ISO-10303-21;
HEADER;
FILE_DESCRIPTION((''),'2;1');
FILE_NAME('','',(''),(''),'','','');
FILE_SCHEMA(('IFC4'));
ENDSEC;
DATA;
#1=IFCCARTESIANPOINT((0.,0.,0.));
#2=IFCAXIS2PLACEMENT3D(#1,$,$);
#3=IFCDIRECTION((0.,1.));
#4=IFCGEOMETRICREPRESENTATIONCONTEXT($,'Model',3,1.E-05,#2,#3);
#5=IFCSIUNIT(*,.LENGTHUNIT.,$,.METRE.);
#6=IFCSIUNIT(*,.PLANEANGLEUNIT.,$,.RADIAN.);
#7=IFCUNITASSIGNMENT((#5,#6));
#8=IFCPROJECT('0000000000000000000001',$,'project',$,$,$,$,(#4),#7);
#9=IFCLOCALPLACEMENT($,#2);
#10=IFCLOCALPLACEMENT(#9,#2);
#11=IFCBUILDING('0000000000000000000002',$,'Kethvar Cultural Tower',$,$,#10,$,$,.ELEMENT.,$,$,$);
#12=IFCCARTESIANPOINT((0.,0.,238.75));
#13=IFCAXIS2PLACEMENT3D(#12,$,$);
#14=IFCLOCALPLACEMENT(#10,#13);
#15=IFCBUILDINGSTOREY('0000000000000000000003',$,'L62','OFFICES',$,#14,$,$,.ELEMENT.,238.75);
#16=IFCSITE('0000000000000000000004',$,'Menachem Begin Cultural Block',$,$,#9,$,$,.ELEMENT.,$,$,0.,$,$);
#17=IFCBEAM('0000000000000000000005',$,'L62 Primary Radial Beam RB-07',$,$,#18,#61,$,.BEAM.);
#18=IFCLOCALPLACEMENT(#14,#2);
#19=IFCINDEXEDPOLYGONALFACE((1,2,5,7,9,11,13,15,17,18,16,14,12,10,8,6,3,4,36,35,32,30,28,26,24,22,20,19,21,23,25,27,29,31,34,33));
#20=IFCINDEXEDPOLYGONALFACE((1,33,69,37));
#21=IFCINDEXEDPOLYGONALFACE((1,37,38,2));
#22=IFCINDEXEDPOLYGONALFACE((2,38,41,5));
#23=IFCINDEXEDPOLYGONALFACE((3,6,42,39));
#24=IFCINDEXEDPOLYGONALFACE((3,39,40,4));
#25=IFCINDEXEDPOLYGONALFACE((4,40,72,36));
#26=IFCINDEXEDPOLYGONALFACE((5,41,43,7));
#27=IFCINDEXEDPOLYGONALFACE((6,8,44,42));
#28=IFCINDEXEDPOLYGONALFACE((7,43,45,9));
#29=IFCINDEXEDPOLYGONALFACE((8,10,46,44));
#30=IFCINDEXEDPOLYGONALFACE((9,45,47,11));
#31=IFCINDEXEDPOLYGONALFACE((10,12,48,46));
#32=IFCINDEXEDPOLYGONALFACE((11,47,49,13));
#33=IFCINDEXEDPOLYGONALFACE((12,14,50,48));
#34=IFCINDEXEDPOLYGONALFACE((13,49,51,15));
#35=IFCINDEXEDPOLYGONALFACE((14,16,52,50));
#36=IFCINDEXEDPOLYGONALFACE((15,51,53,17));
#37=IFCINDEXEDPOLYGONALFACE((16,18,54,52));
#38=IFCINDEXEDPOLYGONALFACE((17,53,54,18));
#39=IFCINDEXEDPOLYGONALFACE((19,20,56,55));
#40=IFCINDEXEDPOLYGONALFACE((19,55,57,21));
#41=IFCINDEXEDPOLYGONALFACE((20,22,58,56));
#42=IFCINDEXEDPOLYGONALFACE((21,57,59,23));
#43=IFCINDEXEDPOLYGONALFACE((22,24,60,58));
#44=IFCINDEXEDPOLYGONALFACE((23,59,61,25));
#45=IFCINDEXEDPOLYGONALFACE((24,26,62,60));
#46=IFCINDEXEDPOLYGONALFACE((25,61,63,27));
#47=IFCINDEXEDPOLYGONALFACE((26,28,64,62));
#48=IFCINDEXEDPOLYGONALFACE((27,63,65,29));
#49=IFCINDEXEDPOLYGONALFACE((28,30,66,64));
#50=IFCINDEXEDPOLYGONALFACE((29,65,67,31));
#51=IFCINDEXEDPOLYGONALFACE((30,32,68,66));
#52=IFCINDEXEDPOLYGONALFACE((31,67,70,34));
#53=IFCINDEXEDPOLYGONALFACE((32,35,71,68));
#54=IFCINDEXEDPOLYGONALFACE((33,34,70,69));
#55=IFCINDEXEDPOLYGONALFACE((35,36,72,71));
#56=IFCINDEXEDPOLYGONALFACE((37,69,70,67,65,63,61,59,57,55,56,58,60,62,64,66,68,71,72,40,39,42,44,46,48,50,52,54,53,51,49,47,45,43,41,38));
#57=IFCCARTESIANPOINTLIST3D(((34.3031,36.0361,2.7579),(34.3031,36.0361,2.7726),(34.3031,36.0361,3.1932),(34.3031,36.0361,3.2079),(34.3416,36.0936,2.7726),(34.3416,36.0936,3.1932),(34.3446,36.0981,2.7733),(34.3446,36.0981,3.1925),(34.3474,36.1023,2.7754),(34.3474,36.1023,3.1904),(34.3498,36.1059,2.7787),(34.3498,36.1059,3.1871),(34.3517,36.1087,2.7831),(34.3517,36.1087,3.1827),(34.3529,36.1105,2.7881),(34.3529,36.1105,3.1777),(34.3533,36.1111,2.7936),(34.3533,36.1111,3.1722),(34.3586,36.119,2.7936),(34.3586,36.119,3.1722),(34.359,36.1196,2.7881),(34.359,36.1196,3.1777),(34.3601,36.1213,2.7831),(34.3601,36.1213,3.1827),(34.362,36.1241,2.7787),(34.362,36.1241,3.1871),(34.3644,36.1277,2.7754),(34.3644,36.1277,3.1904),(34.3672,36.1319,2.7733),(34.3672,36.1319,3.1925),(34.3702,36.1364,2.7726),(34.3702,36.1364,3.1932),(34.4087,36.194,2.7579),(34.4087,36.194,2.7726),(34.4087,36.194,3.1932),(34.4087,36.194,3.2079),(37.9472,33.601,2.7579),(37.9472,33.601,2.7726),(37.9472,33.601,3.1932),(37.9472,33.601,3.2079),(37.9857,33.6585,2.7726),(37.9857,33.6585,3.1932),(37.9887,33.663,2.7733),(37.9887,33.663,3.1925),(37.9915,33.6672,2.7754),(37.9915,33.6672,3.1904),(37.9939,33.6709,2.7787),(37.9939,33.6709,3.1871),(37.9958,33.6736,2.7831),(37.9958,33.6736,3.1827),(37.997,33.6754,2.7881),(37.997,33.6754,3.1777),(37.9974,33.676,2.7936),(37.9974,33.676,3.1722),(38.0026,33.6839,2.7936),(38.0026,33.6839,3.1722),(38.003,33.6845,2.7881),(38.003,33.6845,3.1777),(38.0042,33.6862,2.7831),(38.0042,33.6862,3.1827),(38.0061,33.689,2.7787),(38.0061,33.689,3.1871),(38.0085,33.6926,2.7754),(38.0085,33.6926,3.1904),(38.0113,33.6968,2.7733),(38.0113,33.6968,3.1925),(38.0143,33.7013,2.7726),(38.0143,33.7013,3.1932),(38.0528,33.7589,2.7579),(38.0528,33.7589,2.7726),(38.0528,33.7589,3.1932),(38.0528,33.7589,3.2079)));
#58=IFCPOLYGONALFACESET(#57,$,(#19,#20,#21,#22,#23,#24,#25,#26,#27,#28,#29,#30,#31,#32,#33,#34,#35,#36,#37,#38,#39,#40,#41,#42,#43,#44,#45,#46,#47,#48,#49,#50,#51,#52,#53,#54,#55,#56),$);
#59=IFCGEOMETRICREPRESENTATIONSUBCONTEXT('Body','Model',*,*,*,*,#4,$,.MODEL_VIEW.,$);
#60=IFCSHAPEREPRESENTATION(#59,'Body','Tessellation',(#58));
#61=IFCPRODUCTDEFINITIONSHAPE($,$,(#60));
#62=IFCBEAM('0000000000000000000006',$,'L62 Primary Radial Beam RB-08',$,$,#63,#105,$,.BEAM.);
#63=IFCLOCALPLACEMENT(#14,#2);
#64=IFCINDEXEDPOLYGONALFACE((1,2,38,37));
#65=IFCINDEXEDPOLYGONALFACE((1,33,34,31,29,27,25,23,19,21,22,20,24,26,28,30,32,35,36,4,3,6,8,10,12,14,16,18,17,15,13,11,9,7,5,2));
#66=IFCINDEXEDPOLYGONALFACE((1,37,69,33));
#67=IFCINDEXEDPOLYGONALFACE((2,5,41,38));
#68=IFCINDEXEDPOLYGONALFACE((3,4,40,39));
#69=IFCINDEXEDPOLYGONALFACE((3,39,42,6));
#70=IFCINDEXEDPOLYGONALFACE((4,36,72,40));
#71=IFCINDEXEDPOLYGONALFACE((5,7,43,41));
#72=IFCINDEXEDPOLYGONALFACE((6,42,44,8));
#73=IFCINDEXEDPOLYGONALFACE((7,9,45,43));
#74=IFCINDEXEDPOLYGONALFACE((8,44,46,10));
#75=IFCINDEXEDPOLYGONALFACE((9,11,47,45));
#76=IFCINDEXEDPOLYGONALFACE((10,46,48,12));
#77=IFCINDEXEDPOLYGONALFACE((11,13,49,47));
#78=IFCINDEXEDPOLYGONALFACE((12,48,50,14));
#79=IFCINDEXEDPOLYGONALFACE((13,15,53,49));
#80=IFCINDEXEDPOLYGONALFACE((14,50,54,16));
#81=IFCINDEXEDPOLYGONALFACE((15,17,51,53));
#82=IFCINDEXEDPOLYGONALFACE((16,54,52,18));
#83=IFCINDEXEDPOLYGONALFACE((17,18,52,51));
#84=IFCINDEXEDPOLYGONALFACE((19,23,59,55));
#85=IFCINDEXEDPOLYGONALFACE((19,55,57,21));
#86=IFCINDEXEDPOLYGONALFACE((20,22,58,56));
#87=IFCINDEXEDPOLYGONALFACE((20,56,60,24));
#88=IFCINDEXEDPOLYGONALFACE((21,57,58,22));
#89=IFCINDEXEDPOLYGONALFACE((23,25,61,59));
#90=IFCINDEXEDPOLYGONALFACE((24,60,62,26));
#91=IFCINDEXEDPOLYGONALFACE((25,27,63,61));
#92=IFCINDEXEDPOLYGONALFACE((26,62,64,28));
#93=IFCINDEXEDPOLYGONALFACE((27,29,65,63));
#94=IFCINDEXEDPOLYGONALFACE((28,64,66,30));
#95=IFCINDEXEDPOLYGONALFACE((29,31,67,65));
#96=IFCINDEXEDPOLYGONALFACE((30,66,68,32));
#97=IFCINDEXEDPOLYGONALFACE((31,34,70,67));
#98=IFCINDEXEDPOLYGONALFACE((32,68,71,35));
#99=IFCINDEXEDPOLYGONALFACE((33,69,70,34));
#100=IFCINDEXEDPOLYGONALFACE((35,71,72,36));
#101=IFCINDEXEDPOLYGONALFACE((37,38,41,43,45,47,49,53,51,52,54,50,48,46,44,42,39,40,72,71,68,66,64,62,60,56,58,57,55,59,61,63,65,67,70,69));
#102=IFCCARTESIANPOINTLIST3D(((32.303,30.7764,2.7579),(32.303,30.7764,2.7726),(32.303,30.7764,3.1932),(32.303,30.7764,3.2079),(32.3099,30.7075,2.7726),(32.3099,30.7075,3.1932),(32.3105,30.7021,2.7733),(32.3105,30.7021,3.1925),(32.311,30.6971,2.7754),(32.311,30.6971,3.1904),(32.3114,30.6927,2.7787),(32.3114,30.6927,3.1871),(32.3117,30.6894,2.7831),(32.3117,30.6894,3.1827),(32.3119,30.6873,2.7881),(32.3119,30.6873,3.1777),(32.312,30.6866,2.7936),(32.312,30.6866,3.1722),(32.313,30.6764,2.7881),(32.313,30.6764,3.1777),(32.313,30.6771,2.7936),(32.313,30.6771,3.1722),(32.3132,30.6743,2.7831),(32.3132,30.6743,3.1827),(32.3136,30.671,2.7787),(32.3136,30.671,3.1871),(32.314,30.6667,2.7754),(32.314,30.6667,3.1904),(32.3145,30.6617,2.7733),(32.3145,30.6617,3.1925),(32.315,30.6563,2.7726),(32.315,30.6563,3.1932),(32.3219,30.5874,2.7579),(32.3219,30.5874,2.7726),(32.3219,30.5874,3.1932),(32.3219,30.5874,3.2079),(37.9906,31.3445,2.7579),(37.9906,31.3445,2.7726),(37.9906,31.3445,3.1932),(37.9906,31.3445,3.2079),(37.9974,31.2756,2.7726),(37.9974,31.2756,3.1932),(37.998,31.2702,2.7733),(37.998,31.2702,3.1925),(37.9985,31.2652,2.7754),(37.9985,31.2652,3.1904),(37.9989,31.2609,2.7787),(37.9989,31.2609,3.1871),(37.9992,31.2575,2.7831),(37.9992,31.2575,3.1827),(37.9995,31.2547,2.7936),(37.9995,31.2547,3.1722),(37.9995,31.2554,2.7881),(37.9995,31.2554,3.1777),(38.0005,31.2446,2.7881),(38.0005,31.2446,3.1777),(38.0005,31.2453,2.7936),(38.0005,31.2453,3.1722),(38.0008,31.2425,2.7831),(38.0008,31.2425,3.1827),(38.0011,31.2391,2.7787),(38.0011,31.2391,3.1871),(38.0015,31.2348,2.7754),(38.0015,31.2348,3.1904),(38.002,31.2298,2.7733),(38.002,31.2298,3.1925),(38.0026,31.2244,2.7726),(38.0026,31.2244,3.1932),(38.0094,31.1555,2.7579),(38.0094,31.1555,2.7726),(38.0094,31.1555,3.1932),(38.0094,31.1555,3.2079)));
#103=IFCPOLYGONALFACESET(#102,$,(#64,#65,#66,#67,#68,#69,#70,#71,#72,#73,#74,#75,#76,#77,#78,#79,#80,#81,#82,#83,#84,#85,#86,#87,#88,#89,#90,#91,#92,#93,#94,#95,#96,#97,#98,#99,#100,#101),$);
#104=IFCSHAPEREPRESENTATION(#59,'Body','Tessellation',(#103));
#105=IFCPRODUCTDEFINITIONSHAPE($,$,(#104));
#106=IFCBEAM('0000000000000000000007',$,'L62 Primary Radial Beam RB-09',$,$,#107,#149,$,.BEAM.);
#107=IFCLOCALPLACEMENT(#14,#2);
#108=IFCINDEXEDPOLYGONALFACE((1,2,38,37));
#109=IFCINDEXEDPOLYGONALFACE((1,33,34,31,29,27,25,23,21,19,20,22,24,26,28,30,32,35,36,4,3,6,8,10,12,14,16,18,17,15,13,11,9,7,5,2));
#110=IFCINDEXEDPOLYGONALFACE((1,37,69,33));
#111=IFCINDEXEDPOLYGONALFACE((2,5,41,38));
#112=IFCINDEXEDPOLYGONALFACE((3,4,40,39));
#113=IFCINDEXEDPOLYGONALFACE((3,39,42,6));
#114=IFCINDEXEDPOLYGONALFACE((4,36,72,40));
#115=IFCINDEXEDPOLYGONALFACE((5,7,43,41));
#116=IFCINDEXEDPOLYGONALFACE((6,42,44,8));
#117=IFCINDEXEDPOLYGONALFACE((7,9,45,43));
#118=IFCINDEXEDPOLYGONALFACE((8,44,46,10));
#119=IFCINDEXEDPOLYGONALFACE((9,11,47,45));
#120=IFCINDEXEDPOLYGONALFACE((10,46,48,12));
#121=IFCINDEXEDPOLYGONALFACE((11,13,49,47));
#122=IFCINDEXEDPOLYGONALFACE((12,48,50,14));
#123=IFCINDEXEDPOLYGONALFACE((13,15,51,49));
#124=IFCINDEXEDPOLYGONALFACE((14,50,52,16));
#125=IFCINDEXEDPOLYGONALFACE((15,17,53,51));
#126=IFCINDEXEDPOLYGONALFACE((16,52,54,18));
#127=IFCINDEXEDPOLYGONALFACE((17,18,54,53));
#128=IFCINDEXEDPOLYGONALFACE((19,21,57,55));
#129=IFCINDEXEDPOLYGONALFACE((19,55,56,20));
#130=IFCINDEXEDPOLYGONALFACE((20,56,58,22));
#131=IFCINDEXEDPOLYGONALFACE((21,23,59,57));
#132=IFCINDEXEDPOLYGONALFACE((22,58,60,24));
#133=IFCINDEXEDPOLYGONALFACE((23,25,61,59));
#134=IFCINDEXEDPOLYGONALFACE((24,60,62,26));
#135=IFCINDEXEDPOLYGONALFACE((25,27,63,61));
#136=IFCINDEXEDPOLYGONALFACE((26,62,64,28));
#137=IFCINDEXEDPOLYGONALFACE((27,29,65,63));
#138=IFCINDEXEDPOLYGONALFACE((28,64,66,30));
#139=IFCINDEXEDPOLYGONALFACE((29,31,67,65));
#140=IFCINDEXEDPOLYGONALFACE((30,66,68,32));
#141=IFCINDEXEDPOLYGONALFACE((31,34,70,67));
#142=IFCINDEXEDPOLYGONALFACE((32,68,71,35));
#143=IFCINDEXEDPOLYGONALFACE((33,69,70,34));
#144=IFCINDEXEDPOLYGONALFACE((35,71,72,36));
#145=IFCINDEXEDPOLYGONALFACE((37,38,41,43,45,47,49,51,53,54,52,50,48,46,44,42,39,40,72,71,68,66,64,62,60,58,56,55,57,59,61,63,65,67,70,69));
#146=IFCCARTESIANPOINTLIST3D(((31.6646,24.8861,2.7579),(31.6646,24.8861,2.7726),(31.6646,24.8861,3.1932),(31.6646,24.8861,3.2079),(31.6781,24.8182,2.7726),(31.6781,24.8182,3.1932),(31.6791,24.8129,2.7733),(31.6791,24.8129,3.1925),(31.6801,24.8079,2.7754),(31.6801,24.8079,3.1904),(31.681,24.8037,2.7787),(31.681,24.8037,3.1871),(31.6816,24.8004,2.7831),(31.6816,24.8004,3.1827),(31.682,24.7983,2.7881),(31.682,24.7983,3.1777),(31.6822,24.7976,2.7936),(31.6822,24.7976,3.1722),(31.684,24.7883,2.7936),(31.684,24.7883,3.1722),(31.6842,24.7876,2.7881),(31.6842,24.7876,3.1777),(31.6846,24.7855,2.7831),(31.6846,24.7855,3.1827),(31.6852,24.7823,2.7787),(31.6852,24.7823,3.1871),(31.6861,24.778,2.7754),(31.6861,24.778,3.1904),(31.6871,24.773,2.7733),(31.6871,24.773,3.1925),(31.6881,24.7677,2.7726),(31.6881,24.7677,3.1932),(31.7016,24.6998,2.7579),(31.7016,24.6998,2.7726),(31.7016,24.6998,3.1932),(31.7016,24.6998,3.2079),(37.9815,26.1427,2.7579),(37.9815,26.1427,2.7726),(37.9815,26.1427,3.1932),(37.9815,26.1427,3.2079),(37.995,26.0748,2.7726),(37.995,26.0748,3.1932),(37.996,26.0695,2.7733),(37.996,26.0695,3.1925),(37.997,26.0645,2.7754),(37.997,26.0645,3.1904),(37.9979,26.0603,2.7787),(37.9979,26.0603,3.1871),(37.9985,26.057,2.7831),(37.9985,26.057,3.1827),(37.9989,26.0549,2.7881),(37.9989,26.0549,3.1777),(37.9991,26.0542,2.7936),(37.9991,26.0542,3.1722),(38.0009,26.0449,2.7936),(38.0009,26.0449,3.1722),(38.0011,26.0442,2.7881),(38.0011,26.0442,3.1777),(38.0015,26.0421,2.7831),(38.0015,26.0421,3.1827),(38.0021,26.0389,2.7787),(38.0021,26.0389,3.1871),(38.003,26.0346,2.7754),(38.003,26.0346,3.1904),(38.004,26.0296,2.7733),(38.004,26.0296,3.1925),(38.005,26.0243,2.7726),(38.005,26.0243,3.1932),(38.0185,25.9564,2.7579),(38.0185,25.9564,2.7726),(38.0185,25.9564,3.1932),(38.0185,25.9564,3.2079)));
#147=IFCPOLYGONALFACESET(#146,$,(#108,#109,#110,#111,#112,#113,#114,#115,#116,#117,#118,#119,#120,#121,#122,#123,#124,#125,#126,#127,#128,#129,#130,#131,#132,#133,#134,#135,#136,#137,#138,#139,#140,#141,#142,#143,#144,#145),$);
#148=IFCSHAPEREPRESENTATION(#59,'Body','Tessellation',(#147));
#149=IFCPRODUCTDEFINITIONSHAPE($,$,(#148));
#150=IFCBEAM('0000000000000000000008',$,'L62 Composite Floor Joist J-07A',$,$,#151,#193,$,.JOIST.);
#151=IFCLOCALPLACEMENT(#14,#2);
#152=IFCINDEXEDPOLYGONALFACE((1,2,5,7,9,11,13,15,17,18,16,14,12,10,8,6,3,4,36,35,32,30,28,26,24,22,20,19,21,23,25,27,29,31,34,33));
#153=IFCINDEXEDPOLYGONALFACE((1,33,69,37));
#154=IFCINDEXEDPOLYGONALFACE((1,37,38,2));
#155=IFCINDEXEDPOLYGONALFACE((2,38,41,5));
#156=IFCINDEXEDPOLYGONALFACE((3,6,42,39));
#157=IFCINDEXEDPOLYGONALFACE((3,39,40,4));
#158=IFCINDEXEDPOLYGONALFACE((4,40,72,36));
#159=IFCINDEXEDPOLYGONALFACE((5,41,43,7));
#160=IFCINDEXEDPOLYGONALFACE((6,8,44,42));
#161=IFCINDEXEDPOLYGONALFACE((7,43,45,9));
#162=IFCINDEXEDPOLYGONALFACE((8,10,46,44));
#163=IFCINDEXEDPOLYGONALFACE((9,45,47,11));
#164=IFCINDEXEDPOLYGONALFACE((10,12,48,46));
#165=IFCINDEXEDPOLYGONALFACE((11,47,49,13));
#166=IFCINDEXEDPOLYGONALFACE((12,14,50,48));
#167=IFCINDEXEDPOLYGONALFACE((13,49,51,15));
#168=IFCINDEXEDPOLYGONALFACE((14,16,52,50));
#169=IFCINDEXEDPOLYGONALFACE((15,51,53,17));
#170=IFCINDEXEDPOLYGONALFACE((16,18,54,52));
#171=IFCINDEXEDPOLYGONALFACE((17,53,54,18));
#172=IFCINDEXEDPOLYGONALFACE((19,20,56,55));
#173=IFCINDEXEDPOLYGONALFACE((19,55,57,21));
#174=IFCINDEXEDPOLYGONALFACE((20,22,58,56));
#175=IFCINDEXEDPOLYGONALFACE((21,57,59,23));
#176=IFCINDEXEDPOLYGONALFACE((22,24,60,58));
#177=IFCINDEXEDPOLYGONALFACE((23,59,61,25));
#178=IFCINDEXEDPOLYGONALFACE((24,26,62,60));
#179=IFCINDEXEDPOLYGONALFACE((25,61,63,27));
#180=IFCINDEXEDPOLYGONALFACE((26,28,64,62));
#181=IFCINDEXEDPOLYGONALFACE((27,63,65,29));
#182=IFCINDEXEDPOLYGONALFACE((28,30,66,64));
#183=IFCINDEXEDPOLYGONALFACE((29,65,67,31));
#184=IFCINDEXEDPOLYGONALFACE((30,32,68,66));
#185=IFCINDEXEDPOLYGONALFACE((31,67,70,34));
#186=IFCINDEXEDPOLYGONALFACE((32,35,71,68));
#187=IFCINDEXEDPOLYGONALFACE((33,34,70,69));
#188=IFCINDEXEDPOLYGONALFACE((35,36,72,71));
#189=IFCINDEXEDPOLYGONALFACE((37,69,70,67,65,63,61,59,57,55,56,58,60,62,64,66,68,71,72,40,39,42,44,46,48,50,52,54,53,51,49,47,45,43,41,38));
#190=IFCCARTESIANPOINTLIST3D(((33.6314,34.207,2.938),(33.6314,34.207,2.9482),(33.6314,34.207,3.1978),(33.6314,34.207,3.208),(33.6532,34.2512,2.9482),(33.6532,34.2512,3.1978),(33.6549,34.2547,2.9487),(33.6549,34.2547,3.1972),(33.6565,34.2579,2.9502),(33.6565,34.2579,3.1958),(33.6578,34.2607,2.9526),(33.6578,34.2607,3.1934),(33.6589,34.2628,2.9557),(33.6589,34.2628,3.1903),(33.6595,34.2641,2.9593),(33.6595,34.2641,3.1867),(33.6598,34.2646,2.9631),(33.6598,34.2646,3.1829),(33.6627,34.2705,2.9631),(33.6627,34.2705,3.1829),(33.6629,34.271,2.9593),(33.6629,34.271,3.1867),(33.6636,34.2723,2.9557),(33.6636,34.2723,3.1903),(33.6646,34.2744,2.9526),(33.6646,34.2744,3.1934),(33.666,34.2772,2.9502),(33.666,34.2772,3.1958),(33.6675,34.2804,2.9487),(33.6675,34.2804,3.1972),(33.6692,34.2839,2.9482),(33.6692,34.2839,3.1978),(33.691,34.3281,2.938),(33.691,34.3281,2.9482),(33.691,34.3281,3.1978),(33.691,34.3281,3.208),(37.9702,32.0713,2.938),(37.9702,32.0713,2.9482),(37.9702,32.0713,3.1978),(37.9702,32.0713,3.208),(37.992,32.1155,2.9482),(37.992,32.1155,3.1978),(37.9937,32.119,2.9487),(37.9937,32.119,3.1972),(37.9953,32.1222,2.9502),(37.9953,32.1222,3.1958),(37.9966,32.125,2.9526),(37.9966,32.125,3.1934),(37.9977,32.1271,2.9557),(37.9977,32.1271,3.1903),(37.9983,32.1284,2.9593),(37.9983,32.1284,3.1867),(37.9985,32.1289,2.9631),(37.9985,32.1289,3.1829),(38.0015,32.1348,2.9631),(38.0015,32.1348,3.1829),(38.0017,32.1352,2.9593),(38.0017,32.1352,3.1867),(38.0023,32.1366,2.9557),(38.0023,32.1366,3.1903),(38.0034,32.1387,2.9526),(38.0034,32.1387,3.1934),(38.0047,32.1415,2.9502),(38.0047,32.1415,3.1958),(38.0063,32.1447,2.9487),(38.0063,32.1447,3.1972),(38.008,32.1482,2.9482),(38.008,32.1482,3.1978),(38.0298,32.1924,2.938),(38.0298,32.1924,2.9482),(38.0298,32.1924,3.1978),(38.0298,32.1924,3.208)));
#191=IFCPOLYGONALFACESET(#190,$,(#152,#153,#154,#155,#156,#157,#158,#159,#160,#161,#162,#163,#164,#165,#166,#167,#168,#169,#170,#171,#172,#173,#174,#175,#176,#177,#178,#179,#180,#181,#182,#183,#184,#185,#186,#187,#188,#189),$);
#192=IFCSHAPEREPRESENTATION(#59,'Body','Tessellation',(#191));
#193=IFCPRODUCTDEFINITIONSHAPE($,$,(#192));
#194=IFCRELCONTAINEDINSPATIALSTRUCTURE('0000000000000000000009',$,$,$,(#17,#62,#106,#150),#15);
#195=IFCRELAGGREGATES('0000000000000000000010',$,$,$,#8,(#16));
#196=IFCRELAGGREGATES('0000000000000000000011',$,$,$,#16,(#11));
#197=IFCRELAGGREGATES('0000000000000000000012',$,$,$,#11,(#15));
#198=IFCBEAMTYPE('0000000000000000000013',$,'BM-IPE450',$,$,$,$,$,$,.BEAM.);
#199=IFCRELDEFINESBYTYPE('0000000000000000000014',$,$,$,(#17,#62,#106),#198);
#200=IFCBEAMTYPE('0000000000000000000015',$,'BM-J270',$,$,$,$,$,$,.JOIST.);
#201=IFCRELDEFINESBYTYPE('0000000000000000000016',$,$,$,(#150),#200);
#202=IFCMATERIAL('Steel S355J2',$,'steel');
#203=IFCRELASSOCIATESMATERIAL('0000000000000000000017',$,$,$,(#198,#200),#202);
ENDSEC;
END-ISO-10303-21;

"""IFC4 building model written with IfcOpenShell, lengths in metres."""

from ifc_helpers import new_model, si_unit, direction, frame, origin, origin_2d, place, context, subcontext, project, spatial, i_section, extrude, source, transform, mapped, material, material_profile, profile_set, type_object, element, save


model = new_model("IFC4")

# Units and contexts
model_context = context("Model", 3, precision=1e-05, world=origin(), true_north=direction((0.0, 1.0)))
body_context = subcontext(model_context, "Body", "Model", "MODEL_VIEW")
ifc_project = project(units=[si_unit("LENGTHUNIT", "METRE"), si_unit("PLANEANGLEUNIT", "RADIAN")], contexts=[model_context])

# Site, building, storey
site_placement = place(None, origin())
site = spatial("IfcSite", under=ifc_project, at=site_placement, Name="Menachem Begin Cultural Block", CompositionType="ELEMENT", RefElevation=0.0)
building_placement = place(site_placement, origin())
building = spatial("IfcBuilding", under=site, at=building_placement, Name="Kethvar Cultural Tower", CompositionType="ELEMENT")
storey_placement = place(building_placement, frame((0.0, 0.0, 238.75)))
storey = spatial("IfcBuildingStorey", under=building, at=storey_placement, Name="L62", Description="OFFICES", CompositionType="ELEMENT", Elevation=238.75)

# Beams
ifc_material_1 = material(Name="Steel S355J2", Category="steel")
ifc_material_profile_1 = material_profile(ifc_material_1, i_section(OverallWidth=0.1899, OverallDepth=0.45, WebThickness=0.0095, FlangeThickness=0.0146, FilletRadius=0.021, at=origin_2d()), Name="Steel S355J2 — IPE450")
ifc_profile_set_1 = profile_set([ifc_material_profile_1], Name="Steel S355J2 — IPE450")
beam_type_1 = type_object("IfcBeamType", Name="BM-IPE450", PredefinedType="BEAM", material=ifc_profile_set_1)
shared_shape_1 = source(origin(), body_context, "Body", "SweptSolid", [
    extrude(i_section(OverallWidth=0.1899, OverallDepth=0.45, WebThickness=0.0095, FlangeThickness=0.0146, FilletRadius=0.021, at=origin_2d()), origin(), (0.0, 0.0, 1.0), 4.3828),
])
beam_1_placement = place(storey_placement, frame((38.0, 33.6799, 2.9829), z_axis=(-0.83145, 0.5556, 0.0), x_axis=(-0.5556, -0.83145, 0.0)))
element("IfcBeam", 1, at=beam_1_placement, inside=storey, type_object=beam_type_1, Name="L62 Primary Radial Beam RB-07", PredefinedType="BEAM", context=body_context, shape_type="MappedRepresentation", body=[
    mapped(shared_shape_1, transform((0.0, 0.0, 0.0), scale=1.0)),
])
shared_shape_2 = source(origin(), body_context, "Body", "SweptSolid", [
    extrude(i_section(OverallWidth=0.1899, OverallDepth=0.45, WebThickness=0.0095, FlangeThickness=0.0146, FilletRadius=0.021, at=origin_2d()), origin(), (0.0, 0.0, 1.0), 5.7158),
])
beam_2_placement = place(storey_placement, frame((38.0, 31.25, 2.9829), z_axis=(-0.995048, -0.099394, 0.0), x_axis=(0.099394, -0.995048, 0.0)))
element("IfcBeam", 2, at=beam_2_placement, inside=storey, type_object=beam_type_1, Name="L62 Primary Radial Beam RB-08", PredefinedType="BEAM", context=body_context, shape_type="MappedRepresentation", body=[
    mapped(shared_shape_2, transform((0.0, 0.0, 0.0), scale=1.0)),
])
shared_shape_3 = source(origin(), body_context, "Body", "SweptSolid", [
    extrude(i_section(OverallWidth=0.1899, OverallDepth=0.45, WebThickness=0.0095, FlangeThickness=0.0146, FilletRadius=0.021, at=origin_2d()), origin(), (0.0, 0.0, 1.0), 6.4407),
])
beam_3_placement = place(storey_placement, frame((38.0, 26.0496, 2.9829), z_axis=(-0.980783, -0.195103, 0.0), x_axis=(0.195103, -0.980783, 0.0)))
element("IfcBeam", 3, at=beam_3_placement, inside=storey, type_object=beam_type_1, Name="L62 Primary Radial Beam RB-09", PredefinedType="BEAM", context=body_context, shape_type="MappedRepresentation", body=[
    mapped(shared_shape_3, transform((0.0, 0.0, 0.0), scale=1.0)),
])
ifc_material_profile_2 = material_profile(ifc_material_1, i_section(OverallWidth=0.135, OverallDepth=0.27, WebThickness=0.0066, FlangeThickness=0.0103, FilletRadius=0.0149, at=origin_2d()), Name="Steel S355J2 — IPE270")
ifc_profile_set_2 = profile_set([ifc_material_profile_2], Name="Steel S355J2 — IPE270")
beam_type_2 = type_object("IfcBeamType", Name="BM-J270", PredefinedType="JOIST", material=ifc_profile_set_2)
shared_shape_4 = source(origin(), body_context, "Body", "SweptSolid", [
    extrude(i_section(OverallWidth=0.135, OverallDepth=0.27, WebThickness=0.0066, FlangeThickness=0.0103, FilletRadius=0.0149, at=origin_2d()), origin(), (0.0, 0.0, 1.0), 4.8359),
])
beam_4_placement = place(storey_placement, frame((38.0, 32.1318, 3.073), z_axis=(-0.897197, 0.441632, 0.0), x_axis=(-0.441632, -0.897197, 0.0)))
element("IfcBeam", 4, at=beam_4_placement, inside=storey, type_object=beam_type_2, Name="L62 Composite Floor Joist J-07A", PredefinedType="JOIST", context=body_context, shape_type="MappedRepresentation", body=[
    mapped(shared_shape_4, transform((0.0, 0.0, 0.0), scale=1.0)),
])

save(model, "model.ifc")
